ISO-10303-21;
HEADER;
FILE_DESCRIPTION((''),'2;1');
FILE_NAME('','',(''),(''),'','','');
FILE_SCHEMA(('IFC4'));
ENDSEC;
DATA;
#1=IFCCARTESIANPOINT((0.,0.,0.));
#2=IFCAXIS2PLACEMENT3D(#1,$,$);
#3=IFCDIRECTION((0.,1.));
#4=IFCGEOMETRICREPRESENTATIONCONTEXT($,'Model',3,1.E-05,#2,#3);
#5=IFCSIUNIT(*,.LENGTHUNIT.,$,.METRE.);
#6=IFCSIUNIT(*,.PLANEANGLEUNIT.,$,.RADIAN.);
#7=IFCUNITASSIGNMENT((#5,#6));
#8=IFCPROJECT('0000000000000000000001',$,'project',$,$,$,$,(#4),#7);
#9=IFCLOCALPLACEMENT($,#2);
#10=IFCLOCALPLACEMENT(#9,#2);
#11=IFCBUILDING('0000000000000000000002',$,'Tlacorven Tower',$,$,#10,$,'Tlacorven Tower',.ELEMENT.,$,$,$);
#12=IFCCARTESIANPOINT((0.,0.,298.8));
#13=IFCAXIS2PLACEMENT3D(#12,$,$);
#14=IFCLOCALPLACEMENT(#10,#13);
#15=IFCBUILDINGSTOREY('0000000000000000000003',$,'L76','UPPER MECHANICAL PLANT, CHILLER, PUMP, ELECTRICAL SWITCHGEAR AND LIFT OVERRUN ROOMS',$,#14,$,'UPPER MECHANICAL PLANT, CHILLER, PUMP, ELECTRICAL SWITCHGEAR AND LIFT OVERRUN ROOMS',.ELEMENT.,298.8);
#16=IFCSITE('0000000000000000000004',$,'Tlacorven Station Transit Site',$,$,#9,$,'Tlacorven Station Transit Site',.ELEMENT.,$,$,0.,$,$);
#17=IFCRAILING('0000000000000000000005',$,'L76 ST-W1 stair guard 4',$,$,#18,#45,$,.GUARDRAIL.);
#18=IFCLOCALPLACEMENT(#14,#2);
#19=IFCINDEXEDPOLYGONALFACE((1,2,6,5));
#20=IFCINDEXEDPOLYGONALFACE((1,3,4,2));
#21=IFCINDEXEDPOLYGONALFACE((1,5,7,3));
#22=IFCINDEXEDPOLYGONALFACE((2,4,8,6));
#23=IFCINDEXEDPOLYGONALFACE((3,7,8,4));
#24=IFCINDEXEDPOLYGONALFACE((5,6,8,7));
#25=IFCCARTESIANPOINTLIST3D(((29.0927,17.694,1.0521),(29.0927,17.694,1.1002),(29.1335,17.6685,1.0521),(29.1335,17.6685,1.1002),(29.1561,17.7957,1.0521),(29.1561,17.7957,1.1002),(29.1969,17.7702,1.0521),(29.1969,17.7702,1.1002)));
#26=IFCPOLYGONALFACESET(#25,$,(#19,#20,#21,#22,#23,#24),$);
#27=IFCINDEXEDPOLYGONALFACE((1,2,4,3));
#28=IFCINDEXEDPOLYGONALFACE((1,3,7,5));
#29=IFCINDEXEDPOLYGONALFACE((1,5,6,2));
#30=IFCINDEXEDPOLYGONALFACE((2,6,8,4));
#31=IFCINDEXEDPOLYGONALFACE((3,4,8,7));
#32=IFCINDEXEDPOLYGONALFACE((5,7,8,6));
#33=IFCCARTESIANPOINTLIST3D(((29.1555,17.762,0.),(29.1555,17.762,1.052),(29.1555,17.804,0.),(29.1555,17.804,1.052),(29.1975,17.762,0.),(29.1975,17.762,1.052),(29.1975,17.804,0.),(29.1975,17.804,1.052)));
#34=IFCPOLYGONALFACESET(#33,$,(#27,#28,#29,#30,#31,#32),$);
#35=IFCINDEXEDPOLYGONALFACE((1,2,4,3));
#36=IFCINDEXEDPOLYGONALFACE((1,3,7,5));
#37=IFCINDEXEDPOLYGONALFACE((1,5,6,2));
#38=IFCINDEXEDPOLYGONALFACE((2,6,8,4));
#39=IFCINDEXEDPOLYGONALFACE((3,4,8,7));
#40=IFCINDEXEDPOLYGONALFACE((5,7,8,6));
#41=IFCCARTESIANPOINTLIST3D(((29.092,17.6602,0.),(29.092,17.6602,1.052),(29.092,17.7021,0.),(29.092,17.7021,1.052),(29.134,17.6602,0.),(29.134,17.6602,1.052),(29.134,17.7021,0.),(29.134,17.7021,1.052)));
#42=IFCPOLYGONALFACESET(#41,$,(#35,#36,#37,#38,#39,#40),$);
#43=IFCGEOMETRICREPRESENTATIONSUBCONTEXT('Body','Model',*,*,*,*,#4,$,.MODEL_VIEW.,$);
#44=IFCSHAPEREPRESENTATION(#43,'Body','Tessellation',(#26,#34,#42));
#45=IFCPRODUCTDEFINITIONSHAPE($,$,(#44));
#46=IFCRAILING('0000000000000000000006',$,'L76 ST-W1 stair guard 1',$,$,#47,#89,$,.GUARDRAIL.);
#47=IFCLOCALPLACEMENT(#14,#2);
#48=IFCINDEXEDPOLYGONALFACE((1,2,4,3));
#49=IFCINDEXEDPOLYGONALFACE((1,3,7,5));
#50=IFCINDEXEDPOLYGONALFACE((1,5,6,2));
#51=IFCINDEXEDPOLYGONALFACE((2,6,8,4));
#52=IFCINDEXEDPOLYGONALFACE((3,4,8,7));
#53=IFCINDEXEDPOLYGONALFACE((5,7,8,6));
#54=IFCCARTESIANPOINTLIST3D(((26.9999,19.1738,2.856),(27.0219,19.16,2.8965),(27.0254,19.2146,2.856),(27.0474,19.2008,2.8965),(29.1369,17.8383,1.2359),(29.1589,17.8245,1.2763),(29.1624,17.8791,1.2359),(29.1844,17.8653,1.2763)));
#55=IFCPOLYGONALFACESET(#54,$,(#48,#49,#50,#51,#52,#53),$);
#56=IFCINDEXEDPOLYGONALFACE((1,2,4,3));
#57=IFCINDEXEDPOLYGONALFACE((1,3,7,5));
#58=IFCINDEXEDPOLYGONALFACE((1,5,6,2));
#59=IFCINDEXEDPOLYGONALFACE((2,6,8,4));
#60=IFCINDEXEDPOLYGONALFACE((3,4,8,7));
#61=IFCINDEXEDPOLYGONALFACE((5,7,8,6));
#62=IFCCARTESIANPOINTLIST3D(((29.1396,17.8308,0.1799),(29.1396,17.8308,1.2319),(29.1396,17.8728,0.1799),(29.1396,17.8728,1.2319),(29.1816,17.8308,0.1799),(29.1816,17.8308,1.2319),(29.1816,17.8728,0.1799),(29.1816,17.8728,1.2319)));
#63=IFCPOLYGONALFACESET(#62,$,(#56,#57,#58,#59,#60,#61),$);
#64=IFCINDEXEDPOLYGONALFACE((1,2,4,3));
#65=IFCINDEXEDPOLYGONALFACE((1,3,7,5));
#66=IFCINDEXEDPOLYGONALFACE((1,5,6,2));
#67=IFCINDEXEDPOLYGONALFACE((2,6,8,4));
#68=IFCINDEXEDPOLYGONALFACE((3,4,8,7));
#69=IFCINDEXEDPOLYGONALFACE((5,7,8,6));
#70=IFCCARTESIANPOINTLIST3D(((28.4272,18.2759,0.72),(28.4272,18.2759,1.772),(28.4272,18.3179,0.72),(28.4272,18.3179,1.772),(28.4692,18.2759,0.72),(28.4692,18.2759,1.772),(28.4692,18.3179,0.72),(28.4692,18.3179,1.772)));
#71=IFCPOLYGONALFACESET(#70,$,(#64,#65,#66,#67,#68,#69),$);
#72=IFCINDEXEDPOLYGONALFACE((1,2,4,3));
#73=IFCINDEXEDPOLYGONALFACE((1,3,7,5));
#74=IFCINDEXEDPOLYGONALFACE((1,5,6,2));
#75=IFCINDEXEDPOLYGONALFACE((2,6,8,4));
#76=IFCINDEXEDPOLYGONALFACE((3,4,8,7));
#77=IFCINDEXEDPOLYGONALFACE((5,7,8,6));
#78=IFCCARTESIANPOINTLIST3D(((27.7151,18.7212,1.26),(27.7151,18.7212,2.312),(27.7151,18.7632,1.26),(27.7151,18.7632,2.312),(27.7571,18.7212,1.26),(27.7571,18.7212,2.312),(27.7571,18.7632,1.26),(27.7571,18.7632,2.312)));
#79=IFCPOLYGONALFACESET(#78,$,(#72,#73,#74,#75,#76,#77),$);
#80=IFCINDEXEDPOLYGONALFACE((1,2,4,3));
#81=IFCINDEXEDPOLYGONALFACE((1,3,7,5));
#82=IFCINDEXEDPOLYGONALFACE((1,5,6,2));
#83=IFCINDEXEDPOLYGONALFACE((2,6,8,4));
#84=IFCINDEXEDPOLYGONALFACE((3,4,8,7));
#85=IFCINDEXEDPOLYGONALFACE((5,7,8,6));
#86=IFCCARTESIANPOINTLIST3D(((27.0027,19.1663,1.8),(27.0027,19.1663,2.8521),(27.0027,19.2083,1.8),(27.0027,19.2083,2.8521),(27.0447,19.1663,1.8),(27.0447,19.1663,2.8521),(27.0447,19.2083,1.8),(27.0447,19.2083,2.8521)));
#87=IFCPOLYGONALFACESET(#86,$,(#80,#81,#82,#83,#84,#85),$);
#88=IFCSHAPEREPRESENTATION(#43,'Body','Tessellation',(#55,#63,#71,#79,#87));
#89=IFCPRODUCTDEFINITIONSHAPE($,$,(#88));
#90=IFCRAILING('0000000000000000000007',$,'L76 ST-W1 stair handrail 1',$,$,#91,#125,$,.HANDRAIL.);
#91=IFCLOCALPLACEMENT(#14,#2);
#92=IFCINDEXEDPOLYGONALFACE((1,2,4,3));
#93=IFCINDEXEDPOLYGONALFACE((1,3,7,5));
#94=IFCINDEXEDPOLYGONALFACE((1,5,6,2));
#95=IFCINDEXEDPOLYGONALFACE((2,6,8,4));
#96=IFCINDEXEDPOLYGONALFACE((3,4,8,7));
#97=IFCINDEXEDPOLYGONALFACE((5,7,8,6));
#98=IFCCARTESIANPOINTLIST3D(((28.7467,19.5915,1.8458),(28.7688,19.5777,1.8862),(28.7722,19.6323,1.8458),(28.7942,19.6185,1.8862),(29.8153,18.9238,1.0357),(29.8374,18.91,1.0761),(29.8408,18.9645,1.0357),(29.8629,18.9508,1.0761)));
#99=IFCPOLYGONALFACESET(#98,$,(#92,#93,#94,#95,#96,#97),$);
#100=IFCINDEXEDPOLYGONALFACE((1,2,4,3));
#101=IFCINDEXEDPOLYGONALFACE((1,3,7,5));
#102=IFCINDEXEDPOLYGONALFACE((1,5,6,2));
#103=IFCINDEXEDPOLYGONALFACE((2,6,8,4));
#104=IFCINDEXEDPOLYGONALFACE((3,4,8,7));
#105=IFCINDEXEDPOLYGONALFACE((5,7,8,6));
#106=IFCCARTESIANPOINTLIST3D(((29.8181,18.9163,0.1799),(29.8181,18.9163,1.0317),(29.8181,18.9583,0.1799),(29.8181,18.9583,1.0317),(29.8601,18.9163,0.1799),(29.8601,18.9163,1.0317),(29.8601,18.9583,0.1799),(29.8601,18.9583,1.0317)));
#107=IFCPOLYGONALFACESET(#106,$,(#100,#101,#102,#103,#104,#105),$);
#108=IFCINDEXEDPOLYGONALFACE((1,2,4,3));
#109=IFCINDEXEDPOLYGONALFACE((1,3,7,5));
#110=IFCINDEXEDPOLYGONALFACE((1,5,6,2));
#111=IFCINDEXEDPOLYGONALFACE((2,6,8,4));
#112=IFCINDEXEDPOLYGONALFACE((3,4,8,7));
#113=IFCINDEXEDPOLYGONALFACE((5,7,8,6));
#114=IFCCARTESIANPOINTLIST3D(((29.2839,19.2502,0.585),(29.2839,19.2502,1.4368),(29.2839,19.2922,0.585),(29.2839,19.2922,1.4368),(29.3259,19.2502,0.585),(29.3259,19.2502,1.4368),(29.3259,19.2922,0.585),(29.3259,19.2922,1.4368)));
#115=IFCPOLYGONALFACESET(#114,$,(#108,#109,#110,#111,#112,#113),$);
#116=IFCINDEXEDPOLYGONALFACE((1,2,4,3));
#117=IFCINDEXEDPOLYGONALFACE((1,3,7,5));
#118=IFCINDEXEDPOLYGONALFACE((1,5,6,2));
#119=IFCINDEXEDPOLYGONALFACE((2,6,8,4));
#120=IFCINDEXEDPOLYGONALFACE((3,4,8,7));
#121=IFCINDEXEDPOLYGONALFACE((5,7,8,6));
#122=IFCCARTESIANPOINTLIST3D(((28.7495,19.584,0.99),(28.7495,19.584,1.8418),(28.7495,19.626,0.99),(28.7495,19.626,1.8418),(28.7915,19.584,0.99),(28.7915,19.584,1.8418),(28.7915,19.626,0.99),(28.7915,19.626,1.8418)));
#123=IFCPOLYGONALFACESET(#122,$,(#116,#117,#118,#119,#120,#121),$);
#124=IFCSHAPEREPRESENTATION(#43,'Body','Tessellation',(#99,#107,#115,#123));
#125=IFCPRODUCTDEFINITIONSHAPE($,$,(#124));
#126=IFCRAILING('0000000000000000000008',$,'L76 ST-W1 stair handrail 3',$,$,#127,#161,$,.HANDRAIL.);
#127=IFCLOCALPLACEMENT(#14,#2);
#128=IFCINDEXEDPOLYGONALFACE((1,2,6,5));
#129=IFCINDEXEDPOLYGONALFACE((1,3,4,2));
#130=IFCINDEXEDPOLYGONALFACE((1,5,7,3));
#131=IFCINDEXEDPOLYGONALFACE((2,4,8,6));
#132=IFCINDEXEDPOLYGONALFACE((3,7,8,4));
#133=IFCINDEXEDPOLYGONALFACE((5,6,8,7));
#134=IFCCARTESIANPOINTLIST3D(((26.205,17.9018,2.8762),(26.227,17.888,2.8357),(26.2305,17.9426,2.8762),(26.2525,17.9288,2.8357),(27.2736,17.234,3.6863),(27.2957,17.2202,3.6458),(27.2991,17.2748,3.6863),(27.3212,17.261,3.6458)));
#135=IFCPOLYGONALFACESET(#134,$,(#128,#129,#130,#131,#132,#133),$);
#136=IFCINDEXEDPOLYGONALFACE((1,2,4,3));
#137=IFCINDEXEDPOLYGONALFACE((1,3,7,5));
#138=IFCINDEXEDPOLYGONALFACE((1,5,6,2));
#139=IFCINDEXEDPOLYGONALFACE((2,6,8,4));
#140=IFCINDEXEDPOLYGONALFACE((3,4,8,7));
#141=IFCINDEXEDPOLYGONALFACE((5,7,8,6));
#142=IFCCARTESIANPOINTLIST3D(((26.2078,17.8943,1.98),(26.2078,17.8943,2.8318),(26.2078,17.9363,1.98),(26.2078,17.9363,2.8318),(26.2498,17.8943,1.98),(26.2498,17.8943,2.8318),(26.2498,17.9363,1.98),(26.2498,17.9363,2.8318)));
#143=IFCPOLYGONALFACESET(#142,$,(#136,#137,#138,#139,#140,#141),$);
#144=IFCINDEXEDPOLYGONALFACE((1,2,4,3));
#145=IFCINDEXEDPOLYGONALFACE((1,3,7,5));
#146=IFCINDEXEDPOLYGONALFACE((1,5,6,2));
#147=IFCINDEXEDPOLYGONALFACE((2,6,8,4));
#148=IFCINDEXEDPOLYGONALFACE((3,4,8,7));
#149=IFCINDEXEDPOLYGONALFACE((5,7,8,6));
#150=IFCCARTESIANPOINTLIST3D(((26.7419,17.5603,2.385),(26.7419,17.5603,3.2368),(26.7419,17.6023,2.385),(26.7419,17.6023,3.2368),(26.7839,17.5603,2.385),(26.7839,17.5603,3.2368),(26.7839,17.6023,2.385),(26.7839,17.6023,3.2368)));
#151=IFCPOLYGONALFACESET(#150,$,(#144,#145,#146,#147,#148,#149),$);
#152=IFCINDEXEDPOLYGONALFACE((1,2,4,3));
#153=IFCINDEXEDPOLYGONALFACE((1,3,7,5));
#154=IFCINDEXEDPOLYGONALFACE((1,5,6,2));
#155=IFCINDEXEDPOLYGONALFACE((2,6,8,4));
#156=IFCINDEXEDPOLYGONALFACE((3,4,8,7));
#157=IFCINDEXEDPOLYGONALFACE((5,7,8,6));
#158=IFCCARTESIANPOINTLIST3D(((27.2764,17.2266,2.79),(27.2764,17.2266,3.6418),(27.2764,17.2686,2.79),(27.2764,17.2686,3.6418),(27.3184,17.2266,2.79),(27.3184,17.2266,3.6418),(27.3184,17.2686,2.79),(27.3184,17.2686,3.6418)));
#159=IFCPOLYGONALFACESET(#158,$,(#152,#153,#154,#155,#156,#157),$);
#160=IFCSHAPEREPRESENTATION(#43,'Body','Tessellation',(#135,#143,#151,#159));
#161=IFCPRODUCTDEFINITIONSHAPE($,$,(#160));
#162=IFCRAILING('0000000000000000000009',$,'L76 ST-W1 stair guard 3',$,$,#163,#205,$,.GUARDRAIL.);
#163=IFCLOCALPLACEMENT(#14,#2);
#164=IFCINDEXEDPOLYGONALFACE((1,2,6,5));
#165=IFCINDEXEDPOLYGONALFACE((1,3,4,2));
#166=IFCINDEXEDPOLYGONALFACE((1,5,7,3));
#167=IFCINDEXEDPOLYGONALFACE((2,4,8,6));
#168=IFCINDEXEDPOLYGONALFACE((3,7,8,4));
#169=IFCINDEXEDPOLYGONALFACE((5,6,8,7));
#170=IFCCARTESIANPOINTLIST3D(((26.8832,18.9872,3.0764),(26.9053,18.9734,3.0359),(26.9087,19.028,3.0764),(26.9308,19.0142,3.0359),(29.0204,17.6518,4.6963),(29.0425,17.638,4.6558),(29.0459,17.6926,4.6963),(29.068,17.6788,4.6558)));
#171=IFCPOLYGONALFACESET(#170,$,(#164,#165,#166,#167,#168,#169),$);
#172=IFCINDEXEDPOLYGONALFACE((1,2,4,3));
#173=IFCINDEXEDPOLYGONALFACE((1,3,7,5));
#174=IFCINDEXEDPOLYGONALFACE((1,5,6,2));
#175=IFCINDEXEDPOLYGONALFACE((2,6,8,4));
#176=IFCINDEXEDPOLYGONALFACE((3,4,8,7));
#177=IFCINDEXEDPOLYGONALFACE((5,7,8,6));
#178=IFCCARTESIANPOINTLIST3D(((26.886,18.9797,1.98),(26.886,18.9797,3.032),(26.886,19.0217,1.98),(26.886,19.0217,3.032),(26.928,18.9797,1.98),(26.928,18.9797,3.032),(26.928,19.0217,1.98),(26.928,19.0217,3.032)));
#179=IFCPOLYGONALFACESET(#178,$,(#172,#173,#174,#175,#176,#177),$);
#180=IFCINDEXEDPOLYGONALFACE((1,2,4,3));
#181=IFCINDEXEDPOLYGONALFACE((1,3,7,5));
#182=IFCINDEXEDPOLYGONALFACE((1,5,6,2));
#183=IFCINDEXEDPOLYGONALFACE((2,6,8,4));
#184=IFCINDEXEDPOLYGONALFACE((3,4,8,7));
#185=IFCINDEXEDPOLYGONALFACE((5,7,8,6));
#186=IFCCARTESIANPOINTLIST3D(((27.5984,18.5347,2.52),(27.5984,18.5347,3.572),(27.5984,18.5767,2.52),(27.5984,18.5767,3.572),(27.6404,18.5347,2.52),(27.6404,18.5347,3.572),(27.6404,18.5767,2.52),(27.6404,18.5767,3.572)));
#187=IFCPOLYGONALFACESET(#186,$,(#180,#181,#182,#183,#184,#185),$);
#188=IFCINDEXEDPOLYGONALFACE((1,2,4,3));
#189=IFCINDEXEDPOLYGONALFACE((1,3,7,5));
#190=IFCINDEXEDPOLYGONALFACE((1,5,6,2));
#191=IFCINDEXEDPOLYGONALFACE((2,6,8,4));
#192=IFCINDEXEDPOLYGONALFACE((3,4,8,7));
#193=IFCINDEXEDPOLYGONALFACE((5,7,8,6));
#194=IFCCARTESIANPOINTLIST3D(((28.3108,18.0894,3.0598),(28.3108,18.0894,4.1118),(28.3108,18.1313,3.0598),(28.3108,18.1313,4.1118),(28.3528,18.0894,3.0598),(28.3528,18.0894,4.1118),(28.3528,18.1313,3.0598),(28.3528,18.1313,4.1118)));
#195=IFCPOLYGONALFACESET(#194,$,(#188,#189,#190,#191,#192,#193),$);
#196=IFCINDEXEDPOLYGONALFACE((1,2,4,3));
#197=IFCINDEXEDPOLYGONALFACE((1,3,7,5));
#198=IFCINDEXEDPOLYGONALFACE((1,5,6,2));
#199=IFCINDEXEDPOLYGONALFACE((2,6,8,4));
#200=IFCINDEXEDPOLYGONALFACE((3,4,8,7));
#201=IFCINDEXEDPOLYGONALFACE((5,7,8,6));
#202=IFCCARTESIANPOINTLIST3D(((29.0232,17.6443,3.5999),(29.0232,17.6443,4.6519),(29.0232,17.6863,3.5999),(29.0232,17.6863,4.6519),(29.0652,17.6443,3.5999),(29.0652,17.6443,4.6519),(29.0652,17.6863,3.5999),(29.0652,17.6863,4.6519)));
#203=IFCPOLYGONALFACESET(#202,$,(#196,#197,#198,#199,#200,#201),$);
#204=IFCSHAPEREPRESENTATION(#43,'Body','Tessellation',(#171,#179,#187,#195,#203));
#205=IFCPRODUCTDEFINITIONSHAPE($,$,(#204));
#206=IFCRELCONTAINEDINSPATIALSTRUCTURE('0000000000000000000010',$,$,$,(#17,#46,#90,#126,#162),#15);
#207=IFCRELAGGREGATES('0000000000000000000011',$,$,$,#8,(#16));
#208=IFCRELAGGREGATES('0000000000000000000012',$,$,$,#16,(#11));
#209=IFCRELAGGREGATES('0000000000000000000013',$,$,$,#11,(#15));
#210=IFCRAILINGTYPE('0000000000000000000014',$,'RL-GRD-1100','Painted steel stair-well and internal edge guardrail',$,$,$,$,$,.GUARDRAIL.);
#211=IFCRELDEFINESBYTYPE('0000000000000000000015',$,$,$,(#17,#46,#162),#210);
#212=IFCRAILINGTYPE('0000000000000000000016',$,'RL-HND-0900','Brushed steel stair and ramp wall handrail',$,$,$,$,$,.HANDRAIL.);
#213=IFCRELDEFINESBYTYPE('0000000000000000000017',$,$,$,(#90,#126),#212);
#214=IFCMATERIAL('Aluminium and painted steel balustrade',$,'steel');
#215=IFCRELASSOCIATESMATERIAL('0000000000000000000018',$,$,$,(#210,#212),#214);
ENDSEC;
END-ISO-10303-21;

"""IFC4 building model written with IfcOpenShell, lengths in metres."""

from ifc_helpers import new_model, si_unit, direction, frame, origin, origin_2d, place, context, subcontext, project, spatial, rectangle, extrude, source, transform, mapped, material, type_object, element, save


model = new_model("IFC4")

# Units and contexts
model_context = context("Model", 3, precision=1e-05, world=origin(), true_north=direction((0.0, 1.0)))
body_context = subcontext(model_context, "Body", "Model", "MODEL_VIEW")
ifc_project = project(units=[si_unit("LENGTHUNIT", "METRE"), si_unit("PLANEANGLEUNIT", "RADIAN")], contexts=[model_context])

# Site, building, storey
site_placement = place(None, origin())
site = spatial("IfcSite", under=ifc_project, at=site_placement, Name="Tlacorven Station Transit Site", LongName="Tlacorven Station Transit Site", CompositionType="ELEMENT", RefElevation=0.0)
building_placement = place(site_placement, origin())
building = spatial("IfcBuilding", under=site, at=building_placement, Name="Tlacorven Tower", LongName="Tlacorven Tower", CompositionType="ELEMENT")
storey_placement = place(building_placement, frame((0.0, 0.0, 298.8)))
storey = spatial("IfcBuildingStorey", under=building, at=storey_placement, Name="L76", Description="UPPER MECHANICAL PLANT, CHILLER, PUMP, ELECTRICAL SWITCHGEAR AND LIFT OVERRUN ROOMS", LongName="UPPER MECHANICAL PLANT, CHILLER, PUMP, ELECTRICAL SWITCHGEAR AND LIFT OVERRUN ROOMS", CompositionType="ELEMENT", Elevation=298.8)

# Railings
ifc_material_1 = material(Name="Aluminium and painted steel balustrade", Category="steel")
railing_type_1 = type_object("IfcRailingType", Name="RL-GRD-1100", Description="Painted steel stair-well and internal edge guardrail", PredefinedType="GUARDRAIL", material=ifc_material_1)
shared_shape_1 = source(origin(), body_context, "Body", "SweptSolid", [
    extrude(rectangle(XDim=0.0481, YDim=0.0481, at=origin_2d()), frame((0.0, 0.0, 1.0762), z_axis=(-0.529084, -0.848569, 0.0), x_axis=(0.848569, -0.529084, 0.0)), (0.0, 0.0, 1.0), 0.1199),
    extrude(rectangle(XDim=0.042, YDim=0.042, at=origin_2d()), origin(), (0.0, 0.0, 1.0), 1.052),
    extrude(rectangle(XDim=0.042, YDim=0.042, at=origin_2d()), frame((-0.0635, -0.1018, 0.0)), (0.0, 0.0, 1.0), 1.052),
])
railing_1_placement = place(storey_placement, frame((29.1765, 17.783, 0.0)))
element("IfcRailing", 1, at=railing_1_placement, inside=storey, type_object=railing_type_1, Name="L76 ST-W1 stair guard 4", PredefinedType="GUARDRAIL", context=body_context, shape_type="MappedRepresentation", body=[
    mapped(shared_shape_1, transform((0.0, 0.0, 0.0), scale=1.0)),
])
shared_shape_2 = source(origin(), body_context, "Body", "SweptSolid", [
    extrude(rectangle(XDim=0.0481, YDim=0.0481, at=origin_2d()), frame((0.0, 0.0, 1.0762), z_axis=(-0.71332, 0.445774, 0.540796), x_axis=(-0.529955, -0.848026, 0.0)), (0.0, 0.0, 1.0), 2.9958),
    extrude(rectangle(XDim=0.042, YDim=0.042, at=origin_2d()), origin(), (0.0, 0.0, 1.0), 1.052),
    extrude(rectangle(XDim=0.042, YDim=0.042, at=origin_2d()), frame((-0.7124, 0.4451, 0.54)), (0.0, 0.0, 1.0), 1.052),
    extrude(rectangle(XDim=0.042, YDim=0.042, at=origin_2d()), frame((-1.4246, 0.8904, 1.0801)), (0.0, 0.0, 1.0), 1.052),
    extrude(rectangle(XDim=0.042, YDim=0.042, at=origin_2d()), frame((-2.137, 1.3354, 1.6201)), (0.0, 0.0, 1.0), 1.052),
])
railing_2_placement = place(storey_placement, frame((29.1606, 17.8518, 0.1799)))
element("IfcRailing", 2, at=railing_2_placement, inside=storey, type_object=railing_type_1, Name="L76 ST-W1 stair guard 1", PredefinedType="GUARDRAIL", context=body_context, shape_type="MappedRepresentation", body=[
    mapped(shared_shape_2, transform((0.0, 0.0, 0.0), scale=1.0)),
])
railing_type_2 = type_object("IfcRailingType", Name="RL-HND-0900", Description="Brushed steel stair and ramp wall handrail", PredefinedType="HANDRAIL", material=ifc_material_1)
shared_shape_3 = source(origin(), body_context, "Body", "SweptSolid", [
    extrude(rectangle(XDim=0.0481, YDim=0.0481, at=origin_2d()), frame((0.0, 0.0, 0.876), z_axis=(-0.71336, 0.445748, 0.540765), x_axis=(-0.529912, -0.848053, 0.0)), (0.0, 0.0, 1.0), 1.498),
    extrude(rectangle(XDim=0.042, YDim=0.042, at=origin_2d()), origin(), (0.0, 0.0, 1.0), 0.8518),
    extrude(rectangle(XDim=0.042, YDim=0.042, at=origin_2d()), frame((-0.5342, 0.334, 0.405)), (0.0, 0.0, 1.0), 0.8518),
    extrude(rectangle(XDim=0.042, YDim=0.042, at=origin_2d()), frame((-1.0686, 0.6677, 0.8101)), (0.0, 0.0, 1.0), 0.8518),
])
railing_3_placement = place(storey_placement, frame((29.8391, 18.9373, 0.1799)))
element("IfcRailing", 3, at=railing_3_placement, inside=storey, type_object=railing_type_2, Name="L76 ST-W1 stair handrail 1", PredefinedType="HANDRAIL", context=body_context, shape_type="MappedRepresentation", body=[
    mapped(shared_shape_3, transform((0.0, 0.0, 0.0), scale=1.0)),
])
shared_shape_4 = source(origin(), body_context, "Body", "SweptSolid", [
    extrude(rectangle(XDim=0.0481, YDim=0.0481, at=origin_2d()), frame((0.0, 0.0, 0.876), z_axis=(0.71336, -0.445748, 0.540765), x_axis=(0.529912, 0.848053, 0.0)), (0.0, 0.0, 1.0), 1.498),
    extrude(rectangle(XDim=0.042, YDim=0.042, at=origin_2d()), origin(), (0.0, 0.0, 1.0), 0.8518),
    extrude(rectangle(XDim=0.042, YDim=0.042, at=origin_2d()), frame((0.5342, -0.334, 0.405)), (0.0, 0.0, 1.0), 0.8518),
    extrude(rectangle(XDim=0.042, YDim=0.042, at=origin_2d()), frame((1.0686, -0.6677, 0.8101)), (0.0, 0.0, 1.0), 0.8518),
])
railing_4_placement = place(storey_placement, frame((26.2288, 17.9153, 1.98)))
element("IfcRailing", 4, at=railing_4_placement, inside=storey, type_object=railing_type_2, Name="L76 ST-W1 stair handrail 3", PredefinedType="HANDRAIL", context=body_context, shape_type="MappedRepresentation", body=[
    mapped(shared_shape_4, transform((0.0, 0.0, 0.0), scale=1.0)),
])
shared_shape_5 = source(origin(), body_context, "Body", "SweptSolid", [
    extrude(rectangle(XDim=0.0481, YDim=0.0481, at=origin_2d()), frame((0.0, 0.0, 1.0762), z_axis=(0.713391, -0.445768, 0.540707), x_axis=(0.529912, 0.848053, 0.0)), (0.0, 0.0, 1.0), 2.9958),
    extrude(rectangle(XDim=0.042, YDim=0.042, at=origin_2d()), origin(), (0.0, 0.0, 1.0), 1.052),
    extrude(rectangle(XDim=0.042, YDim=0.042, at=origin_2d()), frame((0.7124, -0.4451, 0.54)), (0.0, 0.0, 1.0), 1.052),
    extrude(rectangle(XDim=0.042, YDim=0.042, at=origin_2d()), frame((1.4248, -0.8904, 1.0798)), (0.0, 0.0, 1.0), 1.052),
    extrude(rectangle(XDim=0.042, YDim=0.042, at=origin_2d()), frame((2.1372, -1.3354, 1.6199)), (0.0, 0.0, 1.0), 1.052),
])
railing_5_placement = place(storey_placement, frame((26.907, 19.0007, 1.98)))
element("IfcRailing", 5, at=railing_5_placement, inside=storey, type_object=railing_type_1, Name="L76 ST-W1 stair guard 3", PredefinedType="GUARDRAIL", context=body_context, shape_type="MappedRepresentation", body=[
    mapped(shared_shape_5, transform((0.0, 0.0, 0.0), scale=1.0)),
])

save(model, "model.ifc")
